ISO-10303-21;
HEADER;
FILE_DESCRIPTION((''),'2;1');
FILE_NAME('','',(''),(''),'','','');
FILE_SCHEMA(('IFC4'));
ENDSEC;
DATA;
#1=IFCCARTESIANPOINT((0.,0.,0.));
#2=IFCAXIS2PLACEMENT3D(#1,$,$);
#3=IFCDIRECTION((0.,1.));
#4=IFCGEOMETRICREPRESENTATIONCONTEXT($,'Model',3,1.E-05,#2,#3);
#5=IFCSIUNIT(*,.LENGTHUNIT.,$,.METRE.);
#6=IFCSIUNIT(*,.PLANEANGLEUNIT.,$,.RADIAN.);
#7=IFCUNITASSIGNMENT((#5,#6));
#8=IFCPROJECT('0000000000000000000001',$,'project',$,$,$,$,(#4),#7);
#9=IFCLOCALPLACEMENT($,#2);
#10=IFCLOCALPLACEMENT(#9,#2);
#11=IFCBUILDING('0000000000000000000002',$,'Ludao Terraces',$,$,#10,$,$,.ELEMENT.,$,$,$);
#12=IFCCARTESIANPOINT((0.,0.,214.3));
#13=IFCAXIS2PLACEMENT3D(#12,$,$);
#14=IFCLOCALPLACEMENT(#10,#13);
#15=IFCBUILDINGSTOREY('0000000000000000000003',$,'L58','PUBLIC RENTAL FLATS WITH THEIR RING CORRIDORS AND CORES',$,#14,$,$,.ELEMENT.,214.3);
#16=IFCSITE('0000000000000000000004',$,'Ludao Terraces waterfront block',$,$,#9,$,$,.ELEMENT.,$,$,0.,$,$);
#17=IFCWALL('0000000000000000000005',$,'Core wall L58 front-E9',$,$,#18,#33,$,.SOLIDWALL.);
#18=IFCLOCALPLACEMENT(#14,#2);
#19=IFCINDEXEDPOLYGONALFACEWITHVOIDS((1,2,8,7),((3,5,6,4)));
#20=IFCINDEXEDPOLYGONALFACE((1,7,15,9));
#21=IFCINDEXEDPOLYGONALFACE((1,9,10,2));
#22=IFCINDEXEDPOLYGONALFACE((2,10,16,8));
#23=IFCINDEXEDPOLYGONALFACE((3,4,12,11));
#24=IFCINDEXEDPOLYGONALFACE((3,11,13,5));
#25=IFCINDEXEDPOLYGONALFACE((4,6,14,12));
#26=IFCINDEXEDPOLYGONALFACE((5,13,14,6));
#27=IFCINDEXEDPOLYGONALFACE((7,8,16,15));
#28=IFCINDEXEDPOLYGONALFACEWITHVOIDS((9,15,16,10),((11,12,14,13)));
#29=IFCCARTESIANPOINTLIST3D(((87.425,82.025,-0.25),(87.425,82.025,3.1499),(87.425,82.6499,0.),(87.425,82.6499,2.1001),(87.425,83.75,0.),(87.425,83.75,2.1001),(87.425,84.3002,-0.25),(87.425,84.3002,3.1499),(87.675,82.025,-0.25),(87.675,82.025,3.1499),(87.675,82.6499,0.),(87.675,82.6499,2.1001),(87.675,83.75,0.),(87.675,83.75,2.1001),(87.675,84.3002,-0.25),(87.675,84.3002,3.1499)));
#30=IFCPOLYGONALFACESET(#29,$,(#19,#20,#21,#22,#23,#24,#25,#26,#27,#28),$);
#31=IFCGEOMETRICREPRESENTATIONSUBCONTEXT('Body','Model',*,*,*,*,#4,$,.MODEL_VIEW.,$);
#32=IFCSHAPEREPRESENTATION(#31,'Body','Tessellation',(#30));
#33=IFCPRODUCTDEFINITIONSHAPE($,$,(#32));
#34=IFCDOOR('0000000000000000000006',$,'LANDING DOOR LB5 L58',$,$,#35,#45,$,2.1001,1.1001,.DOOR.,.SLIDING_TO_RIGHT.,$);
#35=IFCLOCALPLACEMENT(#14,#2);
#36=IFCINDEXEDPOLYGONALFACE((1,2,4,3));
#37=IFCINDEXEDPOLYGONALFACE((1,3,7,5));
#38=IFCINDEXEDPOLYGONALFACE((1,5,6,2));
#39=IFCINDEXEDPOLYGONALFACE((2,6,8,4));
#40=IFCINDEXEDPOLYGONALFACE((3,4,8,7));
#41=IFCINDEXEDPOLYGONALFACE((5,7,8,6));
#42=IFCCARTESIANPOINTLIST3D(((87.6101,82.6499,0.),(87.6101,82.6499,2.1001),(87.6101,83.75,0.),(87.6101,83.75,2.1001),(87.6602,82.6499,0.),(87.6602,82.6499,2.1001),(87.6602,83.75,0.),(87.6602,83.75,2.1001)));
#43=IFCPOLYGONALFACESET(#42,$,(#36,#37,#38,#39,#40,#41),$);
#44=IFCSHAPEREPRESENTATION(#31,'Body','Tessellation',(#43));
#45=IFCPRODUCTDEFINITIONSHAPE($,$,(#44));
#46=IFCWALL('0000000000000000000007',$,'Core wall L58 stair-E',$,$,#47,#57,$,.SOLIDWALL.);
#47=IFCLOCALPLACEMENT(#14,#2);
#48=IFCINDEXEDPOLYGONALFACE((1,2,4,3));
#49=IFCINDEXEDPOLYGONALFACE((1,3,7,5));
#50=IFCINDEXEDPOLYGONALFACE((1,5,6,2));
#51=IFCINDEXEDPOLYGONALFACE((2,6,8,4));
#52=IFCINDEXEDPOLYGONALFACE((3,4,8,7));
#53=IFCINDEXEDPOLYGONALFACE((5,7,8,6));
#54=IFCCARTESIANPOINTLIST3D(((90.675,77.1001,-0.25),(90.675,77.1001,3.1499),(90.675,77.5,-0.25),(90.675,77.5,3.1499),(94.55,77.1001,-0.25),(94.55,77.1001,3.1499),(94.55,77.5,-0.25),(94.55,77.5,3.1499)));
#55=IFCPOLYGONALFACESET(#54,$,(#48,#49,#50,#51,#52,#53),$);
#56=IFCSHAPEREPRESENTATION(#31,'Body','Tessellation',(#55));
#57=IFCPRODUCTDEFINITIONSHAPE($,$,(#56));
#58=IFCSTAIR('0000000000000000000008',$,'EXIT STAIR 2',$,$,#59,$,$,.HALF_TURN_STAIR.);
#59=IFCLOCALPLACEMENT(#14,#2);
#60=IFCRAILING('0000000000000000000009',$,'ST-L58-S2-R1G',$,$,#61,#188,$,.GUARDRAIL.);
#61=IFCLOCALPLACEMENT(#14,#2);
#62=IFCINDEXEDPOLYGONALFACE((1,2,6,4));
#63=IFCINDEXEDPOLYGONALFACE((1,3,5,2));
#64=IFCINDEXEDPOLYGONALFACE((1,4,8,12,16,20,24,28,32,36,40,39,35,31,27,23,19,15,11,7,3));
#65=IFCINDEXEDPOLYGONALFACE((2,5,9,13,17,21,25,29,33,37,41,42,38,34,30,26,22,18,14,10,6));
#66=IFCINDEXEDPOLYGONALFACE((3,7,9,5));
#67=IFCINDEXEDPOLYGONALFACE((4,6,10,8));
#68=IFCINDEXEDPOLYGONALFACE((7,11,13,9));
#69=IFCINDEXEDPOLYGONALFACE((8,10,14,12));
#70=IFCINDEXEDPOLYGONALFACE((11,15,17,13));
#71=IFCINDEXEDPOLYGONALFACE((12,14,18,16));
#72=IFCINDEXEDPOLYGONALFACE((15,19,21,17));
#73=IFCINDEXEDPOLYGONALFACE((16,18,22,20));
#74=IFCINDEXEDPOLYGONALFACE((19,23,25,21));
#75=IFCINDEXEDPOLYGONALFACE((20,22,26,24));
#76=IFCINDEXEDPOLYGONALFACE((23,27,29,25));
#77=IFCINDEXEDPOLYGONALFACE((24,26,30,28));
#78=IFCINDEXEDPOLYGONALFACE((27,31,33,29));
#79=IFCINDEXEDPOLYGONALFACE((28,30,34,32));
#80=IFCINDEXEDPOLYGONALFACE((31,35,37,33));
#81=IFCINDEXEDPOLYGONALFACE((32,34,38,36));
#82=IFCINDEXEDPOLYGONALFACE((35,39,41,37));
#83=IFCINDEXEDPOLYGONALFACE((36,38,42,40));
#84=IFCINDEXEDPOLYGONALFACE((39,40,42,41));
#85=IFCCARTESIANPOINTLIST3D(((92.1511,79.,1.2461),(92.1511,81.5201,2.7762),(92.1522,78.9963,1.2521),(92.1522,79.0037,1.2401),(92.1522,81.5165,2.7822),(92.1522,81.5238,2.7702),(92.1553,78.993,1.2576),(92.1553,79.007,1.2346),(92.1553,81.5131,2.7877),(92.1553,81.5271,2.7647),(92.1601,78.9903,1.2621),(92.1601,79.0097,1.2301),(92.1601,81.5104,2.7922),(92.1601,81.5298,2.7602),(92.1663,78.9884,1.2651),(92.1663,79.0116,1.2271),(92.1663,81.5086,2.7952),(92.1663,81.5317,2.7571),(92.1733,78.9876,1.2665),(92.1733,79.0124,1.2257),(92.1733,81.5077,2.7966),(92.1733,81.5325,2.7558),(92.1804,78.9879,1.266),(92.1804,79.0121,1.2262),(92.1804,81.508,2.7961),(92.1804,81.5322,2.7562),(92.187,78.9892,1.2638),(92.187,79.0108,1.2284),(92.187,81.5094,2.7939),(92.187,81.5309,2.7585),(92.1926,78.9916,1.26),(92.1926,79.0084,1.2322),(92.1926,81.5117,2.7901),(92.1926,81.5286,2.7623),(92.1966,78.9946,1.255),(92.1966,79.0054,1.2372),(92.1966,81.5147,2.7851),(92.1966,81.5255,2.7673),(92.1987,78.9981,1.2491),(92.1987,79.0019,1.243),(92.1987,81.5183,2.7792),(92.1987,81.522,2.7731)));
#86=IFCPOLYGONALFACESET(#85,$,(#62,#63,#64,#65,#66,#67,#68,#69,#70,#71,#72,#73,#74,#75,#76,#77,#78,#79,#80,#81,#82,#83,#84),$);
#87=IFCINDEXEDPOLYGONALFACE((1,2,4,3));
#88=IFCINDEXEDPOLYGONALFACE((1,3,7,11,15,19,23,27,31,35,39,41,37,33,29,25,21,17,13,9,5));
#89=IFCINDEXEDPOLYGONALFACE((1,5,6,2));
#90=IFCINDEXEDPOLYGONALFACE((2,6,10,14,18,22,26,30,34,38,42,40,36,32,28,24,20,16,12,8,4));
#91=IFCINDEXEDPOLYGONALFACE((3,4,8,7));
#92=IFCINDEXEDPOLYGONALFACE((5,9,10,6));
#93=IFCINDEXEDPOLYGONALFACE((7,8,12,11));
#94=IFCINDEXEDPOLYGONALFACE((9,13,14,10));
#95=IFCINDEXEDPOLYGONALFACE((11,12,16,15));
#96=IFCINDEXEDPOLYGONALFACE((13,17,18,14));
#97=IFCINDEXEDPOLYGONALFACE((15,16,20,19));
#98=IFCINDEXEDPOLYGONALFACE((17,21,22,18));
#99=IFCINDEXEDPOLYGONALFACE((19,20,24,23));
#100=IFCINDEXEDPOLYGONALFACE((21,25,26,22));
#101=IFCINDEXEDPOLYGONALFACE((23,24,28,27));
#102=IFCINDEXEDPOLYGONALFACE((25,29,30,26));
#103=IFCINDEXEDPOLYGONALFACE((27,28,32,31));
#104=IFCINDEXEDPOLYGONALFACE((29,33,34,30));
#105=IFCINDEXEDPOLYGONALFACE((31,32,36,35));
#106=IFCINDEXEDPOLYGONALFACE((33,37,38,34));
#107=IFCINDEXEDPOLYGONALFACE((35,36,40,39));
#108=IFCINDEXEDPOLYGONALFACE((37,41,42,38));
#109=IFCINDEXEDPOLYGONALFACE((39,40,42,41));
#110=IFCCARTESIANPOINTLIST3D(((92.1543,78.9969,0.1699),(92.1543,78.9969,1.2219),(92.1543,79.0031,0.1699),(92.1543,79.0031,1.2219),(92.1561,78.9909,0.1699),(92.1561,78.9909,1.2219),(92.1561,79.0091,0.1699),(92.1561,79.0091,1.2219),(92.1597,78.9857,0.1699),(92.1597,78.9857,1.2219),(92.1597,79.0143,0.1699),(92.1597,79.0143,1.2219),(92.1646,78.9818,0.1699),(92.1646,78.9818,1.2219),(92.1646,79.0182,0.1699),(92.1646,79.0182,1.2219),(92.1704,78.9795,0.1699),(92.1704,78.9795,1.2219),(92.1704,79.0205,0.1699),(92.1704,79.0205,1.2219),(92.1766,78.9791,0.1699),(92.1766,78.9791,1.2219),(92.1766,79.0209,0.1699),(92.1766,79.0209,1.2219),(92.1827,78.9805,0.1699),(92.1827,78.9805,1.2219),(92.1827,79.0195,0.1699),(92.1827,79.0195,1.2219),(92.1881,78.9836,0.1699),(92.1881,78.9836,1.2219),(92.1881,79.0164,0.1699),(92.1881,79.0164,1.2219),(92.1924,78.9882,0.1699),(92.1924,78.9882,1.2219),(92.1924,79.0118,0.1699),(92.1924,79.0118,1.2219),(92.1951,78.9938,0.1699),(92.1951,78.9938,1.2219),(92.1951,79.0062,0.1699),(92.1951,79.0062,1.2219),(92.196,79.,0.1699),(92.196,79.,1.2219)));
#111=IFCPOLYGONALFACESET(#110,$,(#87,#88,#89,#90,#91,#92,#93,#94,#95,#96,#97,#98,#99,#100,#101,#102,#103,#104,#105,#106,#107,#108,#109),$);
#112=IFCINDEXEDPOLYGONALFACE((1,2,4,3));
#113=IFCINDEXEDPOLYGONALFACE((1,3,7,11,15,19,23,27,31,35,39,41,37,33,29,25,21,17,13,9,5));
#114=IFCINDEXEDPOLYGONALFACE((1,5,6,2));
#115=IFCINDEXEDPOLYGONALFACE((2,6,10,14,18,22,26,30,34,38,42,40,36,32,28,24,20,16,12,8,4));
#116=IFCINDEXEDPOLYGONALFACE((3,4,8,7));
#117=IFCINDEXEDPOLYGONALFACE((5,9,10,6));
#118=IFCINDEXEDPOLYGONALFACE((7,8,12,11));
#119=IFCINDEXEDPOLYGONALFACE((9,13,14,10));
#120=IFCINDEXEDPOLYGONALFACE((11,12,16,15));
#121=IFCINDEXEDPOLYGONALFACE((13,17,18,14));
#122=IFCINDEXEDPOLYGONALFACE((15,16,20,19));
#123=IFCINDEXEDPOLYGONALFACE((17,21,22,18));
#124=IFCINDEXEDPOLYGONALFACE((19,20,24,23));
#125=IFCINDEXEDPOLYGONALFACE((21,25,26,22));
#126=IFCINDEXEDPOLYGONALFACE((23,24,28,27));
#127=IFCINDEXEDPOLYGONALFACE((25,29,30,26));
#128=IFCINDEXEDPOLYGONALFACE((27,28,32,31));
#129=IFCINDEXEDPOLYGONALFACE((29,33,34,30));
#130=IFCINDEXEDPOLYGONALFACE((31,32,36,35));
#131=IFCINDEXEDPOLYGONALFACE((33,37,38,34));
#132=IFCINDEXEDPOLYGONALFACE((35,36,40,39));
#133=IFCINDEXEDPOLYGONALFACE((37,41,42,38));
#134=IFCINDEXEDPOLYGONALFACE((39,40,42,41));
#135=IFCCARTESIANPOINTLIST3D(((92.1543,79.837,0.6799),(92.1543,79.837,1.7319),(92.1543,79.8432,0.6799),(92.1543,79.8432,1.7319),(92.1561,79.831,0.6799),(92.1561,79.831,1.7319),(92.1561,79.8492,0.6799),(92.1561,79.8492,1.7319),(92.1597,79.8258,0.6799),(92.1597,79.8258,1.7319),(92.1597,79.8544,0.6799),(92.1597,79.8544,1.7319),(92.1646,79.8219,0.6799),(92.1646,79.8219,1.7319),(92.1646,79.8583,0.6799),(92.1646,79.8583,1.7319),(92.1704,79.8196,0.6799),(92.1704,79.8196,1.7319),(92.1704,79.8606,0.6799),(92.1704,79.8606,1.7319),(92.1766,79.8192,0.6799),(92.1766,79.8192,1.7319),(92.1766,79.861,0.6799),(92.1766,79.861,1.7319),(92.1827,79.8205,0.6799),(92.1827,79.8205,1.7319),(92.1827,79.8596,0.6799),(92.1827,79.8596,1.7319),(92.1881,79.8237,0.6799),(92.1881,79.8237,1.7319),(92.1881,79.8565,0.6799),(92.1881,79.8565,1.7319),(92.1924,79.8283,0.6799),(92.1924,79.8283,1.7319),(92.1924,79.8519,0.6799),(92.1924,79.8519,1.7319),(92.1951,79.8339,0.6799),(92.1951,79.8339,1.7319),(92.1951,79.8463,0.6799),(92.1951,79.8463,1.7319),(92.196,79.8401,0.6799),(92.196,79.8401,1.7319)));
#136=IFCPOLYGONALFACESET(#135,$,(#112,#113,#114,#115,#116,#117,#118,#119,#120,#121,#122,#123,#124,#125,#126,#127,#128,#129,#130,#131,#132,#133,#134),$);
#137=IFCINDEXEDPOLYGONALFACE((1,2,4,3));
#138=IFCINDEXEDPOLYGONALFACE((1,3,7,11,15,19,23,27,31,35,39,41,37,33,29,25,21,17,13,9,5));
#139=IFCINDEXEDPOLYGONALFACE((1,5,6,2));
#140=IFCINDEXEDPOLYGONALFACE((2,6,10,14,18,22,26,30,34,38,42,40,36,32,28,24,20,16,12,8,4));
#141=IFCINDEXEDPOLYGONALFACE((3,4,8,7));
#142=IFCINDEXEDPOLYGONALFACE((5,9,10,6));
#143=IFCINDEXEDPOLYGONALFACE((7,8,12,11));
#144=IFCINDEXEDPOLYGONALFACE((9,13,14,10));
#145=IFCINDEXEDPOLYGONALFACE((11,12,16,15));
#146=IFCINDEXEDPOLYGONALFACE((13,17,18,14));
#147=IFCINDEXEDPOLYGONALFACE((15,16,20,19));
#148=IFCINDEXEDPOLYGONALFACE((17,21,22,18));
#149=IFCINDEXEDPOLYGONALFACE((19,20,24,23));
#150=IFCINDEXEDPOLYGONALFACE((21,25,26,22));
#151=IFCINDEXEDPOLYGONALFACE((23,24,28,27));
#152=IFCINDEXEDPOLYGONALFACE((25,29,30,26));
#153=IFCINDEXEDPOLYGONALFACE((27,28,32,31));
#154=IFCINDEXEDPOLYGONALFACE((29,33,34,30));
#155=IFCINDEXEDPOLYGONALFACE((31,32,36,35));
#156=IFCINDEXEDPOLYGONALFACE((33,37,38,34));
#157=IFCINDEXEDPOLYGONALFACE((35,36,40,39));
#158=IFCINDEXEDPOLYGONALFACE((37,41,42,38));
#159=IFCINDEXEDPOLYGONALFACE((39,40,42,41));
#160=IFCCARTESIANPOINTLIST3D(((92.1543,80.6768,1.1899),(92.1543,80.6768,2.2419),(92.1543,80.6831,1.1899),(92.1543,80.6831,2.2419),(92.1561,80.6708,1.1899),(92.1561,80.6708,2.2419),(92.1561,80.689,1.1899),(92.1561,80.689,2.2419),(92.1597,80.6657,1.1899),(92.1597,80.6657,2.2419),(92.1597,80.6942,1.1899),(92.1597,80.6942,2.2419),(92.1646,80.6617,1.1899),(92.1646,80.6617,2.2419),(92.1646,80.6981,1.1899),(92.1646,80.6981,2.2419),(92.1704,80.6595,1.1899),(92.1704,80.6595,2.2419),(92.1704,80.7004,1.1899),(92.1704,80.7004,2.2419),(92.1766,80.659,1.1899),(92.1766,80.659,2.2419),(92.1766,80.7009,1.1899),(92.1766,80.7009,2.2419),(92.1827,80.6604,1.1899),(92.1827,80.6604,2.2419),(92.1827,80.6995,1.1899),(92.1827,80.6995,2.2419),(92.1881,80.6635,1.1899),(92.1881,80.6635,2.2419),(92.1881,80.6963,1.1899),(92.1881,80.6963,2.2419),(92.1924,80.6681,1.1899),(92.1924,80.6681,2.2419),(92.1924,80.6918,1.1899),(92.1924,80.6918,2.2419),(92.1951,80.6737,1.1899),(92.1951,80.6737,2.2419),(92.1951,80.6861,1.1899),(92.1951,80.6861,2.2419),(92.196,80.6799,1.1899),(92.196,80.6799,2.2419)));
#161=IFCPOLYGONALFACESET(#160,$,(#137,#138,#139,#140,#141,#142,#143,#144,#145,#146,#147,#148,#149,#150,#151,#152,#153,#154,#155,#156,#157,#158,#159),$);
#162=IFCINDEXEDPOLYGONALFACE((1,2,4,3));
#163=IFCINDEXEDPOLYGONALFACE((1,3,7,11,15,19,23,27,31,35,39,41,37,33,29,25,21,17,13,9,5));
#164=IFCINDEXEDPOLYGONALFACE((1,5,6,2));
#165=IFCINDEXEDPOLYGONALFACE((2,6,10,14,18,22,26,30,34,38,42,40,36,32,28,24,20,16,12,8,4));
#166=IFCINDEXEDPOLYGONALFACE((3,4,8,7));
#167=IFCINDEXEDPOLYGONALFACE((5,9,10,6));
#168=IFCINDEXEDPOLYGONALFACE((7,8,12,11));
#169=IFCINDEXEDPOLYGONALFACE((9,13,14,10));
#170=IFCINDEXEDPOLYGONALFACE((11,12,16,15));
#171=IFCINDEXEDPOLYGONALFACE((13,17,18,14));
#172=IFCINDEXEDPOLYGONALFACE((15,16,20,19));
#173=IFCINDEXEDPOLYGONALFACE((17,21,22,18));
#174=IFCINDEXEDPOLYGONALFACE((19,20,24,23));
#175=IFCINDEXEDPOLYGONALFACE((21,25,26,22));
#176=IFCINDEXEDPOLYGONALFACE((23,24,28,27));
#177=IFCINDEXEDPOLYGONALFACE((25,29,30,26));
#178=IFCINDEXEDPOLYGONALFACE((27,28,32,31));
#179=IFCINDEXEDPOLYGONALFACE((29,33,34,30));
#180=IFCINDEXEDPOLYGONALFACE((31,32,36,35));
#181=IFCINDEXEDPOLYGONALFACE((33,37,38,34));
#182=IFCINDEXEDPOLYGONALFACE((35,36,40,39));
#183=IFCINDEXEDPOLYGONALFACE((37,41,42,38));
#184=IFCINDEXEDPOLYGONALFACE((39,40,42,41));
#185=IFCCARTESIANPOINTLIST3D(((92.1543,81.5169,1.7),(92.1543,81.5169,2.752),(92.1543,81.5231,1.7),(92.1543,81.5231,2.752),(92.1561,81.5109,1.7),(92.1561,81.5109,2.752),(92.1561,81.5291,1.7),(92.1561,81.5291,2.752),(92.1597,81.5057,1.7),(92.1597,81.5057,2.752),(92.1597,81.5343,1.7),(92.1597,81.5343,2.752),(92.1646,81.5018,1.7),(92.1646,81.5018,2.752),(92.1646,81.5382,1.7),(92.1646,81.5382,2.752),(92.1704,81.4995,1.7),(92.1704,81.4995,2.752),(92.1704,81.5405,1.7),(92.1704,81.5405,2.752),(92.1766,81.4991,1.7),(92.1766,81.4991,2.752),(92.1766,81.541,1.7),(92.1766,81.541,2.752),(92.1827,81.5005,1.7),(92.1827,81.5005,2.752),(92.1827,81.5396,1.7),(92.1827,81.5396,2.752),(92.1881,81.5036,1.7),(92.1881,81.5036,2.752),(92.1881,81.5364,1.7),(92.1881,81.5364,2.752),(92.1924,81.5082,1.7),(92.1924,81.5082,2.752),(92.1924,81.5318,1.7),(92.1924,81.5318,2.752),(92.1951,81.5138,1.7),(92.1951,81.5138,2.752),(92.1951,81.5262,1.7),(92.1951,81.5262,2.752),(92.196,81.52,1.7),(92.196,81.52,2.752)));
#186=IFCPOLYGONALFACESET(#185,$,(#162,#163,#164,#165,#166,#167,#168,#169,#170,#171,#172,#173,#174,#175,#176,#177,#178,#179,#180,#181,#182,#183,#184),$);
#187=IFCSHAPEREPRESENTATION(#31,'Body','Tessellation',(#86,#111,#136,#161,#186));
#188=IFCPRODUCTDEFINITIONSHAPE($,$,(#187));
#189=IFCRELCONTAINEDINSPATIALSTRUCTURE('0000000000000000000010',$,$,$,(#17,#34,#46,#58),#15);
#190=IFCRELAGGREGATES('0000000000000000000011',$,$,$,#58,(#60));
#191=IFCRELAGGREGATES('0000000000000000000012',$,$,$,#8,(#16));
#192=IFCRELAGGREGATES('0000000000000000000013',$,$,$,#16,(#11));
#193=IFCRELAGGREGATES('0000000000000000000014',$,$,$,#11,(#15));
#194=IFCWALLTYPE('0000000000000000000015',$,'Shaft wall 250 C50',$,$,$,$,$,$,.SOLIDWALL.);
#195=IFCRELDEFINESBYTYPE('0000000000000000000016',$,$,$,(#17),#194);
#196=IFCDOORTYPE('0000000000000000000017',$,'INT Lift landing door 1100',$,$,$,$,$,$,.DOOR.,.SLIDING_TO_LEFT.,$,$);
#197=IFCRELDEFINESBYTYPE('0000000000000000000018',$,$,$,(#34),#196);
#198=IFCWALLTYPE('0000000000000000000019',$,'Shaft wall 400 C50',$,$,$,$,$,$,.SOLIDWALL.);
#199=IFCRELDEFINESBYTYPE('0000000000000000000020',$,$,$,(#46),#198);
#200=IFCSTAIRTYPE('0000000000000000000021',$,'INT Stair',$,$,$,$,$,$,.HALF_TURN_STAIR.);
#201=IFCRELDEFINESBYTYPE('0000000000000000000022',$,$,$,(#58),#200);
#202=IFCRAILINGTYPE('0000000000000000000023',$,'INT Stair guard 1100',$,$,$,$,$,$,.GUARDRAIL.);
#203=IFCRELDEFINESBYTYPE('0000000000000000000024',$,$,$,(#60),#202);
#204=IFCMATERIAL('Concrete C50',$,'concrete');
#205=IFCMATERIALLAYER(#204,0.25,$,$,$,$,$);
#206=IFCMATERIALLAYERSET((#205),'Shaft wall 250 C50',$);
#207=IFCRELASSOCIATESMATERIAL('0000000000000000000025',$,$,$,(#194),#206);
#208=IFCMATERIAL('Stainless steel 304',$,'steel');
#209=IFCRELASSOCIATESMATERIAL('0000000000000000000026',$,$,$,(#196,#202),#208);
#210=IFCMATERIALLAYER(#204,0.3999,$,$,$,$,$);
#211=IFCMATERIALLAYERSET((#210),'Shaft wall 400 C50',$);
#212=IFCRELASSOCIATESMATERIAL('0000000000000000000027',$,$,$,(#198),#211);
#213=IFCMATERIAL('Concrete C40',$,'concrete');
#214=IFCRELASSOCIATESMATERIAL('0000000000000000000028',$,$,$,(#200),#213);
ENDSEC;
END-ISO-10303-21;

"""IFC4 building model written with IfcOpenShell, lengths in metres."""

from ifc_helpers import new_model, si_unit, direction, frame, frame_2d, origin, origin_2d, place, context, subcontext, project, spatial, rectangle, circle, extrude, material, layer, layer_set, type_object, element, fill, aggregate, save


model = new_model("IFC4")

# Units and contexts
model_context = context("Model", 3, precision=1e-05, world=origin(), true_north=direction((0.0, 1.0)))
body_context = subcontext(model_context, "Body", "Model", "MODEL_VIEW")
ifc_project = project(units=[si_unit("LENGTHUNIT", "METRE"), si_unit("PLANEANGLEUNIT", "RADIAN")], contexts=[model_context])

# Site, building, storey
site_placement = place(None, origin())
site = spatial("IfcSite", under=ifc_project, at=site_placement, Name="Ludao Terraces waterfront block", CompositionType="ELEMENT", RefElevation=0.0)
building_placement = place(site_placement, origin())
building = spatial("IfcBuilding", under=site, at=building_placement, Name="Ludao Terraces", CompositionType="ELEMENT")
storey_placement = place(building_placement, frame((0.0, 0.0, 214.3)))
storey = spatial("IfcBuildingStorey", under=building, at=storey_placement, Name="L58", Description="PUBLIC RENTAL FLATS WITH THEIR RING CORRIDORS AND CORES", CompositionType="ELEMENT", Elevation=214.3)

# Shared definitions
ifc_material_1 = material(Name="Concrete C50", Category="concrete")

# Shared definitions
ifc_layer_1 = layer(ifc_material_1, 0.25)
ifc_layer_set_1 = layer_set([ifc_layer_1], Name="Shaft wall 250 C50")
wall_type_1 = type_object("IfcWallType", Name="Shaft wall 250 C50", PredefinedType="SOLIDWALL", material=ifc_layer_set_1)

# Shared definitions
ifc_material_2 = material(Name="Stainless steel 304", Category="steel")
door_type_1 = type_object("IfcDoorType", Name="INT Lift landing door 1100", OperationType="SLIDING_TO_LEFT", PredefinedType="DOOR", material=ifc_material_2)

# Wall, opening, door
wall_1_placement = place(storey_placement, frame((87.55, 82.0249, -0.25), z_axis=(0.0, 0.0, 1.0), x_axis=(0.0, 1.0, 0.0)))
wall_1 = element("IfcWall", 1, at=wall_1_placement, inside=storey, type_object=wall_type_1, Name="Core wall L58 front-E9", PredefinedType="SOLIDWALL", context=body_context, shape_type="SweptSolid", body=[
    extrude(rectangle(XDim=2.2751, YDim=0.25, at=frame_2d((1.1377, 0.0))), origin(), (0.0, 0.0, 1.0), 3.3999),
])
opening_1_placement = place(wall_1_placement, frame((0.625, 0.0, 0.25)))
opening_1 = element("IfcOpeningElement", 2, at=opening_1_placement, cuts=wall_1, PredefinedType="OPENING", context=body_context, shape_type="SweptSolid", body=[
    extrude(rectangle(XDim=1.1001, YDim=2.1001, at=frame_2d((0.55, 1.05))), frame((0.0, 0.135, 0.0), z_axis=(0.0, -1.0, 0.0), x_axis=(1.0, 0.0, 0.0)), (0.0, 0.0, 1.0), 0.27),
])
door_1_placement = place(opening_1_placement, origin())
door_1 = element("IfcDoor", 3, at=door_1_placement, inside=storey, type_object=door_type_1, Name="LANDING DOOR LB5 L58", OperationType="SLIDING_TO_RIGHT", OverallHeight=2.1001, OverallWidth=1.1001, PredefinedType="DOOR", context=body_context, shape_type="SweptSolid", body=[
    extrude(rectangle(XDim=1.1001, YDim=2.1001, at=frame_2d((0.55, 1.05))), frame((0.0, -0.0601, 0.0), z_axis=(0.0, -1.0, 0.0), x_axis=(1.0, 0.0, 0.0)), (0.0, 0.0, 1.0), 0.05),
])
fill(opening_1, door_1)

# Wall
ifc_layer_2 = layer(ifc_material_1, 0.3999)
ifc_layer_set_2 = layer_set([ifc_layer_2], Name="Shaft wall 400 C50")
wall_type_2 = type_object("IfcWallType", Name="Shaft wall 400 C50", PredefinedType="SOLIDWALL", material=ifc_layer_set_2)
wall_2_placement = place(storey_placement, frame((90.675, 77.3, -0.25), z_axis=(0.0, 0.0, 1.0), x_axis=(1.0, 0.0, 0.0)))
element("IfcWall", 4, at=wall_2_placement, inside=storey, type_object=wall_type_2, Name="Core wall L58 stair-E", PredefinedType="SOLIDWALL", context=body_context, shape_type="SweptSolid", body=[
    extrude(rectangle(XDim=3.875, YDim=0.3999, at=frame_2d((1.9375, 0.0))), origin(), (0.0, 0.0, 1.0), 3.3999),
])

# Stair, railing
ifc_material_3 = material(Name="Concrete C40", Category="concrete")
stair_type = type_object("IfcStairType", Name="INT Stair", PredefinedType="HALF_TURN_STAIR", material=ifc_material_3)
stair_placement = place(storey_placement, origin())
stair = element("IfcStair", 5, at=stair_placement, inside=storey, type_object=stair_type, Name="EXIT STAIR 2", PredefinedType="HALF_TURN_STAIR")
railing_type_1 = type_object("IfcRailingType", Name="INT Stair guard 1100", PredefinedType="GUARDRAIL", material=ifc_material_2)
railing_1_placement = place(storey_placement, frame((92.175, 79.0, 0.1699)))
railing_1 = element("IfcRailing", 6, at=railing_1_placement, type_object=railing_type_1, Name="ST-L58-S2-R1G", PredefinedType="GUARDRAIL", context=body_context, shape_type="SweptSolid", body=[
    extrude(circle(Radius=0.0239, at=origin_2d()), frame((0.0, 0.0, 1.0762), z_axis=(0.0, 0.854785, 0.518982), x_axis=(-1.0, 0.0, 0.0)), (0.0, 0.0, 1.0), 2.9482),
    extrude(circle(Radius=0.021, at=origin_2d()), origin(), (0.0, 0.0, 1.0), 1.052),
    extrude(circle(Radius=0.021, at=origin_2d()), frame((0.0, 0.8401, 0.51)), (0.0, 0.0, 1.0), 1.052),
    extrude(circle(Radius=0.021, at=origin_2d()), frame((0.0, 1.6799, 1.02)), (0.0, 0.0, 1.0), 1.052),
    extrude(circle(Radius=0.021, at=origin_2d()), frame((0.0, 2.52, 1.53)), (0.0, 0.0, 1.0), 1.052),
])
aggregate(stair, [railing_1])

save(model, "model.ifc")
